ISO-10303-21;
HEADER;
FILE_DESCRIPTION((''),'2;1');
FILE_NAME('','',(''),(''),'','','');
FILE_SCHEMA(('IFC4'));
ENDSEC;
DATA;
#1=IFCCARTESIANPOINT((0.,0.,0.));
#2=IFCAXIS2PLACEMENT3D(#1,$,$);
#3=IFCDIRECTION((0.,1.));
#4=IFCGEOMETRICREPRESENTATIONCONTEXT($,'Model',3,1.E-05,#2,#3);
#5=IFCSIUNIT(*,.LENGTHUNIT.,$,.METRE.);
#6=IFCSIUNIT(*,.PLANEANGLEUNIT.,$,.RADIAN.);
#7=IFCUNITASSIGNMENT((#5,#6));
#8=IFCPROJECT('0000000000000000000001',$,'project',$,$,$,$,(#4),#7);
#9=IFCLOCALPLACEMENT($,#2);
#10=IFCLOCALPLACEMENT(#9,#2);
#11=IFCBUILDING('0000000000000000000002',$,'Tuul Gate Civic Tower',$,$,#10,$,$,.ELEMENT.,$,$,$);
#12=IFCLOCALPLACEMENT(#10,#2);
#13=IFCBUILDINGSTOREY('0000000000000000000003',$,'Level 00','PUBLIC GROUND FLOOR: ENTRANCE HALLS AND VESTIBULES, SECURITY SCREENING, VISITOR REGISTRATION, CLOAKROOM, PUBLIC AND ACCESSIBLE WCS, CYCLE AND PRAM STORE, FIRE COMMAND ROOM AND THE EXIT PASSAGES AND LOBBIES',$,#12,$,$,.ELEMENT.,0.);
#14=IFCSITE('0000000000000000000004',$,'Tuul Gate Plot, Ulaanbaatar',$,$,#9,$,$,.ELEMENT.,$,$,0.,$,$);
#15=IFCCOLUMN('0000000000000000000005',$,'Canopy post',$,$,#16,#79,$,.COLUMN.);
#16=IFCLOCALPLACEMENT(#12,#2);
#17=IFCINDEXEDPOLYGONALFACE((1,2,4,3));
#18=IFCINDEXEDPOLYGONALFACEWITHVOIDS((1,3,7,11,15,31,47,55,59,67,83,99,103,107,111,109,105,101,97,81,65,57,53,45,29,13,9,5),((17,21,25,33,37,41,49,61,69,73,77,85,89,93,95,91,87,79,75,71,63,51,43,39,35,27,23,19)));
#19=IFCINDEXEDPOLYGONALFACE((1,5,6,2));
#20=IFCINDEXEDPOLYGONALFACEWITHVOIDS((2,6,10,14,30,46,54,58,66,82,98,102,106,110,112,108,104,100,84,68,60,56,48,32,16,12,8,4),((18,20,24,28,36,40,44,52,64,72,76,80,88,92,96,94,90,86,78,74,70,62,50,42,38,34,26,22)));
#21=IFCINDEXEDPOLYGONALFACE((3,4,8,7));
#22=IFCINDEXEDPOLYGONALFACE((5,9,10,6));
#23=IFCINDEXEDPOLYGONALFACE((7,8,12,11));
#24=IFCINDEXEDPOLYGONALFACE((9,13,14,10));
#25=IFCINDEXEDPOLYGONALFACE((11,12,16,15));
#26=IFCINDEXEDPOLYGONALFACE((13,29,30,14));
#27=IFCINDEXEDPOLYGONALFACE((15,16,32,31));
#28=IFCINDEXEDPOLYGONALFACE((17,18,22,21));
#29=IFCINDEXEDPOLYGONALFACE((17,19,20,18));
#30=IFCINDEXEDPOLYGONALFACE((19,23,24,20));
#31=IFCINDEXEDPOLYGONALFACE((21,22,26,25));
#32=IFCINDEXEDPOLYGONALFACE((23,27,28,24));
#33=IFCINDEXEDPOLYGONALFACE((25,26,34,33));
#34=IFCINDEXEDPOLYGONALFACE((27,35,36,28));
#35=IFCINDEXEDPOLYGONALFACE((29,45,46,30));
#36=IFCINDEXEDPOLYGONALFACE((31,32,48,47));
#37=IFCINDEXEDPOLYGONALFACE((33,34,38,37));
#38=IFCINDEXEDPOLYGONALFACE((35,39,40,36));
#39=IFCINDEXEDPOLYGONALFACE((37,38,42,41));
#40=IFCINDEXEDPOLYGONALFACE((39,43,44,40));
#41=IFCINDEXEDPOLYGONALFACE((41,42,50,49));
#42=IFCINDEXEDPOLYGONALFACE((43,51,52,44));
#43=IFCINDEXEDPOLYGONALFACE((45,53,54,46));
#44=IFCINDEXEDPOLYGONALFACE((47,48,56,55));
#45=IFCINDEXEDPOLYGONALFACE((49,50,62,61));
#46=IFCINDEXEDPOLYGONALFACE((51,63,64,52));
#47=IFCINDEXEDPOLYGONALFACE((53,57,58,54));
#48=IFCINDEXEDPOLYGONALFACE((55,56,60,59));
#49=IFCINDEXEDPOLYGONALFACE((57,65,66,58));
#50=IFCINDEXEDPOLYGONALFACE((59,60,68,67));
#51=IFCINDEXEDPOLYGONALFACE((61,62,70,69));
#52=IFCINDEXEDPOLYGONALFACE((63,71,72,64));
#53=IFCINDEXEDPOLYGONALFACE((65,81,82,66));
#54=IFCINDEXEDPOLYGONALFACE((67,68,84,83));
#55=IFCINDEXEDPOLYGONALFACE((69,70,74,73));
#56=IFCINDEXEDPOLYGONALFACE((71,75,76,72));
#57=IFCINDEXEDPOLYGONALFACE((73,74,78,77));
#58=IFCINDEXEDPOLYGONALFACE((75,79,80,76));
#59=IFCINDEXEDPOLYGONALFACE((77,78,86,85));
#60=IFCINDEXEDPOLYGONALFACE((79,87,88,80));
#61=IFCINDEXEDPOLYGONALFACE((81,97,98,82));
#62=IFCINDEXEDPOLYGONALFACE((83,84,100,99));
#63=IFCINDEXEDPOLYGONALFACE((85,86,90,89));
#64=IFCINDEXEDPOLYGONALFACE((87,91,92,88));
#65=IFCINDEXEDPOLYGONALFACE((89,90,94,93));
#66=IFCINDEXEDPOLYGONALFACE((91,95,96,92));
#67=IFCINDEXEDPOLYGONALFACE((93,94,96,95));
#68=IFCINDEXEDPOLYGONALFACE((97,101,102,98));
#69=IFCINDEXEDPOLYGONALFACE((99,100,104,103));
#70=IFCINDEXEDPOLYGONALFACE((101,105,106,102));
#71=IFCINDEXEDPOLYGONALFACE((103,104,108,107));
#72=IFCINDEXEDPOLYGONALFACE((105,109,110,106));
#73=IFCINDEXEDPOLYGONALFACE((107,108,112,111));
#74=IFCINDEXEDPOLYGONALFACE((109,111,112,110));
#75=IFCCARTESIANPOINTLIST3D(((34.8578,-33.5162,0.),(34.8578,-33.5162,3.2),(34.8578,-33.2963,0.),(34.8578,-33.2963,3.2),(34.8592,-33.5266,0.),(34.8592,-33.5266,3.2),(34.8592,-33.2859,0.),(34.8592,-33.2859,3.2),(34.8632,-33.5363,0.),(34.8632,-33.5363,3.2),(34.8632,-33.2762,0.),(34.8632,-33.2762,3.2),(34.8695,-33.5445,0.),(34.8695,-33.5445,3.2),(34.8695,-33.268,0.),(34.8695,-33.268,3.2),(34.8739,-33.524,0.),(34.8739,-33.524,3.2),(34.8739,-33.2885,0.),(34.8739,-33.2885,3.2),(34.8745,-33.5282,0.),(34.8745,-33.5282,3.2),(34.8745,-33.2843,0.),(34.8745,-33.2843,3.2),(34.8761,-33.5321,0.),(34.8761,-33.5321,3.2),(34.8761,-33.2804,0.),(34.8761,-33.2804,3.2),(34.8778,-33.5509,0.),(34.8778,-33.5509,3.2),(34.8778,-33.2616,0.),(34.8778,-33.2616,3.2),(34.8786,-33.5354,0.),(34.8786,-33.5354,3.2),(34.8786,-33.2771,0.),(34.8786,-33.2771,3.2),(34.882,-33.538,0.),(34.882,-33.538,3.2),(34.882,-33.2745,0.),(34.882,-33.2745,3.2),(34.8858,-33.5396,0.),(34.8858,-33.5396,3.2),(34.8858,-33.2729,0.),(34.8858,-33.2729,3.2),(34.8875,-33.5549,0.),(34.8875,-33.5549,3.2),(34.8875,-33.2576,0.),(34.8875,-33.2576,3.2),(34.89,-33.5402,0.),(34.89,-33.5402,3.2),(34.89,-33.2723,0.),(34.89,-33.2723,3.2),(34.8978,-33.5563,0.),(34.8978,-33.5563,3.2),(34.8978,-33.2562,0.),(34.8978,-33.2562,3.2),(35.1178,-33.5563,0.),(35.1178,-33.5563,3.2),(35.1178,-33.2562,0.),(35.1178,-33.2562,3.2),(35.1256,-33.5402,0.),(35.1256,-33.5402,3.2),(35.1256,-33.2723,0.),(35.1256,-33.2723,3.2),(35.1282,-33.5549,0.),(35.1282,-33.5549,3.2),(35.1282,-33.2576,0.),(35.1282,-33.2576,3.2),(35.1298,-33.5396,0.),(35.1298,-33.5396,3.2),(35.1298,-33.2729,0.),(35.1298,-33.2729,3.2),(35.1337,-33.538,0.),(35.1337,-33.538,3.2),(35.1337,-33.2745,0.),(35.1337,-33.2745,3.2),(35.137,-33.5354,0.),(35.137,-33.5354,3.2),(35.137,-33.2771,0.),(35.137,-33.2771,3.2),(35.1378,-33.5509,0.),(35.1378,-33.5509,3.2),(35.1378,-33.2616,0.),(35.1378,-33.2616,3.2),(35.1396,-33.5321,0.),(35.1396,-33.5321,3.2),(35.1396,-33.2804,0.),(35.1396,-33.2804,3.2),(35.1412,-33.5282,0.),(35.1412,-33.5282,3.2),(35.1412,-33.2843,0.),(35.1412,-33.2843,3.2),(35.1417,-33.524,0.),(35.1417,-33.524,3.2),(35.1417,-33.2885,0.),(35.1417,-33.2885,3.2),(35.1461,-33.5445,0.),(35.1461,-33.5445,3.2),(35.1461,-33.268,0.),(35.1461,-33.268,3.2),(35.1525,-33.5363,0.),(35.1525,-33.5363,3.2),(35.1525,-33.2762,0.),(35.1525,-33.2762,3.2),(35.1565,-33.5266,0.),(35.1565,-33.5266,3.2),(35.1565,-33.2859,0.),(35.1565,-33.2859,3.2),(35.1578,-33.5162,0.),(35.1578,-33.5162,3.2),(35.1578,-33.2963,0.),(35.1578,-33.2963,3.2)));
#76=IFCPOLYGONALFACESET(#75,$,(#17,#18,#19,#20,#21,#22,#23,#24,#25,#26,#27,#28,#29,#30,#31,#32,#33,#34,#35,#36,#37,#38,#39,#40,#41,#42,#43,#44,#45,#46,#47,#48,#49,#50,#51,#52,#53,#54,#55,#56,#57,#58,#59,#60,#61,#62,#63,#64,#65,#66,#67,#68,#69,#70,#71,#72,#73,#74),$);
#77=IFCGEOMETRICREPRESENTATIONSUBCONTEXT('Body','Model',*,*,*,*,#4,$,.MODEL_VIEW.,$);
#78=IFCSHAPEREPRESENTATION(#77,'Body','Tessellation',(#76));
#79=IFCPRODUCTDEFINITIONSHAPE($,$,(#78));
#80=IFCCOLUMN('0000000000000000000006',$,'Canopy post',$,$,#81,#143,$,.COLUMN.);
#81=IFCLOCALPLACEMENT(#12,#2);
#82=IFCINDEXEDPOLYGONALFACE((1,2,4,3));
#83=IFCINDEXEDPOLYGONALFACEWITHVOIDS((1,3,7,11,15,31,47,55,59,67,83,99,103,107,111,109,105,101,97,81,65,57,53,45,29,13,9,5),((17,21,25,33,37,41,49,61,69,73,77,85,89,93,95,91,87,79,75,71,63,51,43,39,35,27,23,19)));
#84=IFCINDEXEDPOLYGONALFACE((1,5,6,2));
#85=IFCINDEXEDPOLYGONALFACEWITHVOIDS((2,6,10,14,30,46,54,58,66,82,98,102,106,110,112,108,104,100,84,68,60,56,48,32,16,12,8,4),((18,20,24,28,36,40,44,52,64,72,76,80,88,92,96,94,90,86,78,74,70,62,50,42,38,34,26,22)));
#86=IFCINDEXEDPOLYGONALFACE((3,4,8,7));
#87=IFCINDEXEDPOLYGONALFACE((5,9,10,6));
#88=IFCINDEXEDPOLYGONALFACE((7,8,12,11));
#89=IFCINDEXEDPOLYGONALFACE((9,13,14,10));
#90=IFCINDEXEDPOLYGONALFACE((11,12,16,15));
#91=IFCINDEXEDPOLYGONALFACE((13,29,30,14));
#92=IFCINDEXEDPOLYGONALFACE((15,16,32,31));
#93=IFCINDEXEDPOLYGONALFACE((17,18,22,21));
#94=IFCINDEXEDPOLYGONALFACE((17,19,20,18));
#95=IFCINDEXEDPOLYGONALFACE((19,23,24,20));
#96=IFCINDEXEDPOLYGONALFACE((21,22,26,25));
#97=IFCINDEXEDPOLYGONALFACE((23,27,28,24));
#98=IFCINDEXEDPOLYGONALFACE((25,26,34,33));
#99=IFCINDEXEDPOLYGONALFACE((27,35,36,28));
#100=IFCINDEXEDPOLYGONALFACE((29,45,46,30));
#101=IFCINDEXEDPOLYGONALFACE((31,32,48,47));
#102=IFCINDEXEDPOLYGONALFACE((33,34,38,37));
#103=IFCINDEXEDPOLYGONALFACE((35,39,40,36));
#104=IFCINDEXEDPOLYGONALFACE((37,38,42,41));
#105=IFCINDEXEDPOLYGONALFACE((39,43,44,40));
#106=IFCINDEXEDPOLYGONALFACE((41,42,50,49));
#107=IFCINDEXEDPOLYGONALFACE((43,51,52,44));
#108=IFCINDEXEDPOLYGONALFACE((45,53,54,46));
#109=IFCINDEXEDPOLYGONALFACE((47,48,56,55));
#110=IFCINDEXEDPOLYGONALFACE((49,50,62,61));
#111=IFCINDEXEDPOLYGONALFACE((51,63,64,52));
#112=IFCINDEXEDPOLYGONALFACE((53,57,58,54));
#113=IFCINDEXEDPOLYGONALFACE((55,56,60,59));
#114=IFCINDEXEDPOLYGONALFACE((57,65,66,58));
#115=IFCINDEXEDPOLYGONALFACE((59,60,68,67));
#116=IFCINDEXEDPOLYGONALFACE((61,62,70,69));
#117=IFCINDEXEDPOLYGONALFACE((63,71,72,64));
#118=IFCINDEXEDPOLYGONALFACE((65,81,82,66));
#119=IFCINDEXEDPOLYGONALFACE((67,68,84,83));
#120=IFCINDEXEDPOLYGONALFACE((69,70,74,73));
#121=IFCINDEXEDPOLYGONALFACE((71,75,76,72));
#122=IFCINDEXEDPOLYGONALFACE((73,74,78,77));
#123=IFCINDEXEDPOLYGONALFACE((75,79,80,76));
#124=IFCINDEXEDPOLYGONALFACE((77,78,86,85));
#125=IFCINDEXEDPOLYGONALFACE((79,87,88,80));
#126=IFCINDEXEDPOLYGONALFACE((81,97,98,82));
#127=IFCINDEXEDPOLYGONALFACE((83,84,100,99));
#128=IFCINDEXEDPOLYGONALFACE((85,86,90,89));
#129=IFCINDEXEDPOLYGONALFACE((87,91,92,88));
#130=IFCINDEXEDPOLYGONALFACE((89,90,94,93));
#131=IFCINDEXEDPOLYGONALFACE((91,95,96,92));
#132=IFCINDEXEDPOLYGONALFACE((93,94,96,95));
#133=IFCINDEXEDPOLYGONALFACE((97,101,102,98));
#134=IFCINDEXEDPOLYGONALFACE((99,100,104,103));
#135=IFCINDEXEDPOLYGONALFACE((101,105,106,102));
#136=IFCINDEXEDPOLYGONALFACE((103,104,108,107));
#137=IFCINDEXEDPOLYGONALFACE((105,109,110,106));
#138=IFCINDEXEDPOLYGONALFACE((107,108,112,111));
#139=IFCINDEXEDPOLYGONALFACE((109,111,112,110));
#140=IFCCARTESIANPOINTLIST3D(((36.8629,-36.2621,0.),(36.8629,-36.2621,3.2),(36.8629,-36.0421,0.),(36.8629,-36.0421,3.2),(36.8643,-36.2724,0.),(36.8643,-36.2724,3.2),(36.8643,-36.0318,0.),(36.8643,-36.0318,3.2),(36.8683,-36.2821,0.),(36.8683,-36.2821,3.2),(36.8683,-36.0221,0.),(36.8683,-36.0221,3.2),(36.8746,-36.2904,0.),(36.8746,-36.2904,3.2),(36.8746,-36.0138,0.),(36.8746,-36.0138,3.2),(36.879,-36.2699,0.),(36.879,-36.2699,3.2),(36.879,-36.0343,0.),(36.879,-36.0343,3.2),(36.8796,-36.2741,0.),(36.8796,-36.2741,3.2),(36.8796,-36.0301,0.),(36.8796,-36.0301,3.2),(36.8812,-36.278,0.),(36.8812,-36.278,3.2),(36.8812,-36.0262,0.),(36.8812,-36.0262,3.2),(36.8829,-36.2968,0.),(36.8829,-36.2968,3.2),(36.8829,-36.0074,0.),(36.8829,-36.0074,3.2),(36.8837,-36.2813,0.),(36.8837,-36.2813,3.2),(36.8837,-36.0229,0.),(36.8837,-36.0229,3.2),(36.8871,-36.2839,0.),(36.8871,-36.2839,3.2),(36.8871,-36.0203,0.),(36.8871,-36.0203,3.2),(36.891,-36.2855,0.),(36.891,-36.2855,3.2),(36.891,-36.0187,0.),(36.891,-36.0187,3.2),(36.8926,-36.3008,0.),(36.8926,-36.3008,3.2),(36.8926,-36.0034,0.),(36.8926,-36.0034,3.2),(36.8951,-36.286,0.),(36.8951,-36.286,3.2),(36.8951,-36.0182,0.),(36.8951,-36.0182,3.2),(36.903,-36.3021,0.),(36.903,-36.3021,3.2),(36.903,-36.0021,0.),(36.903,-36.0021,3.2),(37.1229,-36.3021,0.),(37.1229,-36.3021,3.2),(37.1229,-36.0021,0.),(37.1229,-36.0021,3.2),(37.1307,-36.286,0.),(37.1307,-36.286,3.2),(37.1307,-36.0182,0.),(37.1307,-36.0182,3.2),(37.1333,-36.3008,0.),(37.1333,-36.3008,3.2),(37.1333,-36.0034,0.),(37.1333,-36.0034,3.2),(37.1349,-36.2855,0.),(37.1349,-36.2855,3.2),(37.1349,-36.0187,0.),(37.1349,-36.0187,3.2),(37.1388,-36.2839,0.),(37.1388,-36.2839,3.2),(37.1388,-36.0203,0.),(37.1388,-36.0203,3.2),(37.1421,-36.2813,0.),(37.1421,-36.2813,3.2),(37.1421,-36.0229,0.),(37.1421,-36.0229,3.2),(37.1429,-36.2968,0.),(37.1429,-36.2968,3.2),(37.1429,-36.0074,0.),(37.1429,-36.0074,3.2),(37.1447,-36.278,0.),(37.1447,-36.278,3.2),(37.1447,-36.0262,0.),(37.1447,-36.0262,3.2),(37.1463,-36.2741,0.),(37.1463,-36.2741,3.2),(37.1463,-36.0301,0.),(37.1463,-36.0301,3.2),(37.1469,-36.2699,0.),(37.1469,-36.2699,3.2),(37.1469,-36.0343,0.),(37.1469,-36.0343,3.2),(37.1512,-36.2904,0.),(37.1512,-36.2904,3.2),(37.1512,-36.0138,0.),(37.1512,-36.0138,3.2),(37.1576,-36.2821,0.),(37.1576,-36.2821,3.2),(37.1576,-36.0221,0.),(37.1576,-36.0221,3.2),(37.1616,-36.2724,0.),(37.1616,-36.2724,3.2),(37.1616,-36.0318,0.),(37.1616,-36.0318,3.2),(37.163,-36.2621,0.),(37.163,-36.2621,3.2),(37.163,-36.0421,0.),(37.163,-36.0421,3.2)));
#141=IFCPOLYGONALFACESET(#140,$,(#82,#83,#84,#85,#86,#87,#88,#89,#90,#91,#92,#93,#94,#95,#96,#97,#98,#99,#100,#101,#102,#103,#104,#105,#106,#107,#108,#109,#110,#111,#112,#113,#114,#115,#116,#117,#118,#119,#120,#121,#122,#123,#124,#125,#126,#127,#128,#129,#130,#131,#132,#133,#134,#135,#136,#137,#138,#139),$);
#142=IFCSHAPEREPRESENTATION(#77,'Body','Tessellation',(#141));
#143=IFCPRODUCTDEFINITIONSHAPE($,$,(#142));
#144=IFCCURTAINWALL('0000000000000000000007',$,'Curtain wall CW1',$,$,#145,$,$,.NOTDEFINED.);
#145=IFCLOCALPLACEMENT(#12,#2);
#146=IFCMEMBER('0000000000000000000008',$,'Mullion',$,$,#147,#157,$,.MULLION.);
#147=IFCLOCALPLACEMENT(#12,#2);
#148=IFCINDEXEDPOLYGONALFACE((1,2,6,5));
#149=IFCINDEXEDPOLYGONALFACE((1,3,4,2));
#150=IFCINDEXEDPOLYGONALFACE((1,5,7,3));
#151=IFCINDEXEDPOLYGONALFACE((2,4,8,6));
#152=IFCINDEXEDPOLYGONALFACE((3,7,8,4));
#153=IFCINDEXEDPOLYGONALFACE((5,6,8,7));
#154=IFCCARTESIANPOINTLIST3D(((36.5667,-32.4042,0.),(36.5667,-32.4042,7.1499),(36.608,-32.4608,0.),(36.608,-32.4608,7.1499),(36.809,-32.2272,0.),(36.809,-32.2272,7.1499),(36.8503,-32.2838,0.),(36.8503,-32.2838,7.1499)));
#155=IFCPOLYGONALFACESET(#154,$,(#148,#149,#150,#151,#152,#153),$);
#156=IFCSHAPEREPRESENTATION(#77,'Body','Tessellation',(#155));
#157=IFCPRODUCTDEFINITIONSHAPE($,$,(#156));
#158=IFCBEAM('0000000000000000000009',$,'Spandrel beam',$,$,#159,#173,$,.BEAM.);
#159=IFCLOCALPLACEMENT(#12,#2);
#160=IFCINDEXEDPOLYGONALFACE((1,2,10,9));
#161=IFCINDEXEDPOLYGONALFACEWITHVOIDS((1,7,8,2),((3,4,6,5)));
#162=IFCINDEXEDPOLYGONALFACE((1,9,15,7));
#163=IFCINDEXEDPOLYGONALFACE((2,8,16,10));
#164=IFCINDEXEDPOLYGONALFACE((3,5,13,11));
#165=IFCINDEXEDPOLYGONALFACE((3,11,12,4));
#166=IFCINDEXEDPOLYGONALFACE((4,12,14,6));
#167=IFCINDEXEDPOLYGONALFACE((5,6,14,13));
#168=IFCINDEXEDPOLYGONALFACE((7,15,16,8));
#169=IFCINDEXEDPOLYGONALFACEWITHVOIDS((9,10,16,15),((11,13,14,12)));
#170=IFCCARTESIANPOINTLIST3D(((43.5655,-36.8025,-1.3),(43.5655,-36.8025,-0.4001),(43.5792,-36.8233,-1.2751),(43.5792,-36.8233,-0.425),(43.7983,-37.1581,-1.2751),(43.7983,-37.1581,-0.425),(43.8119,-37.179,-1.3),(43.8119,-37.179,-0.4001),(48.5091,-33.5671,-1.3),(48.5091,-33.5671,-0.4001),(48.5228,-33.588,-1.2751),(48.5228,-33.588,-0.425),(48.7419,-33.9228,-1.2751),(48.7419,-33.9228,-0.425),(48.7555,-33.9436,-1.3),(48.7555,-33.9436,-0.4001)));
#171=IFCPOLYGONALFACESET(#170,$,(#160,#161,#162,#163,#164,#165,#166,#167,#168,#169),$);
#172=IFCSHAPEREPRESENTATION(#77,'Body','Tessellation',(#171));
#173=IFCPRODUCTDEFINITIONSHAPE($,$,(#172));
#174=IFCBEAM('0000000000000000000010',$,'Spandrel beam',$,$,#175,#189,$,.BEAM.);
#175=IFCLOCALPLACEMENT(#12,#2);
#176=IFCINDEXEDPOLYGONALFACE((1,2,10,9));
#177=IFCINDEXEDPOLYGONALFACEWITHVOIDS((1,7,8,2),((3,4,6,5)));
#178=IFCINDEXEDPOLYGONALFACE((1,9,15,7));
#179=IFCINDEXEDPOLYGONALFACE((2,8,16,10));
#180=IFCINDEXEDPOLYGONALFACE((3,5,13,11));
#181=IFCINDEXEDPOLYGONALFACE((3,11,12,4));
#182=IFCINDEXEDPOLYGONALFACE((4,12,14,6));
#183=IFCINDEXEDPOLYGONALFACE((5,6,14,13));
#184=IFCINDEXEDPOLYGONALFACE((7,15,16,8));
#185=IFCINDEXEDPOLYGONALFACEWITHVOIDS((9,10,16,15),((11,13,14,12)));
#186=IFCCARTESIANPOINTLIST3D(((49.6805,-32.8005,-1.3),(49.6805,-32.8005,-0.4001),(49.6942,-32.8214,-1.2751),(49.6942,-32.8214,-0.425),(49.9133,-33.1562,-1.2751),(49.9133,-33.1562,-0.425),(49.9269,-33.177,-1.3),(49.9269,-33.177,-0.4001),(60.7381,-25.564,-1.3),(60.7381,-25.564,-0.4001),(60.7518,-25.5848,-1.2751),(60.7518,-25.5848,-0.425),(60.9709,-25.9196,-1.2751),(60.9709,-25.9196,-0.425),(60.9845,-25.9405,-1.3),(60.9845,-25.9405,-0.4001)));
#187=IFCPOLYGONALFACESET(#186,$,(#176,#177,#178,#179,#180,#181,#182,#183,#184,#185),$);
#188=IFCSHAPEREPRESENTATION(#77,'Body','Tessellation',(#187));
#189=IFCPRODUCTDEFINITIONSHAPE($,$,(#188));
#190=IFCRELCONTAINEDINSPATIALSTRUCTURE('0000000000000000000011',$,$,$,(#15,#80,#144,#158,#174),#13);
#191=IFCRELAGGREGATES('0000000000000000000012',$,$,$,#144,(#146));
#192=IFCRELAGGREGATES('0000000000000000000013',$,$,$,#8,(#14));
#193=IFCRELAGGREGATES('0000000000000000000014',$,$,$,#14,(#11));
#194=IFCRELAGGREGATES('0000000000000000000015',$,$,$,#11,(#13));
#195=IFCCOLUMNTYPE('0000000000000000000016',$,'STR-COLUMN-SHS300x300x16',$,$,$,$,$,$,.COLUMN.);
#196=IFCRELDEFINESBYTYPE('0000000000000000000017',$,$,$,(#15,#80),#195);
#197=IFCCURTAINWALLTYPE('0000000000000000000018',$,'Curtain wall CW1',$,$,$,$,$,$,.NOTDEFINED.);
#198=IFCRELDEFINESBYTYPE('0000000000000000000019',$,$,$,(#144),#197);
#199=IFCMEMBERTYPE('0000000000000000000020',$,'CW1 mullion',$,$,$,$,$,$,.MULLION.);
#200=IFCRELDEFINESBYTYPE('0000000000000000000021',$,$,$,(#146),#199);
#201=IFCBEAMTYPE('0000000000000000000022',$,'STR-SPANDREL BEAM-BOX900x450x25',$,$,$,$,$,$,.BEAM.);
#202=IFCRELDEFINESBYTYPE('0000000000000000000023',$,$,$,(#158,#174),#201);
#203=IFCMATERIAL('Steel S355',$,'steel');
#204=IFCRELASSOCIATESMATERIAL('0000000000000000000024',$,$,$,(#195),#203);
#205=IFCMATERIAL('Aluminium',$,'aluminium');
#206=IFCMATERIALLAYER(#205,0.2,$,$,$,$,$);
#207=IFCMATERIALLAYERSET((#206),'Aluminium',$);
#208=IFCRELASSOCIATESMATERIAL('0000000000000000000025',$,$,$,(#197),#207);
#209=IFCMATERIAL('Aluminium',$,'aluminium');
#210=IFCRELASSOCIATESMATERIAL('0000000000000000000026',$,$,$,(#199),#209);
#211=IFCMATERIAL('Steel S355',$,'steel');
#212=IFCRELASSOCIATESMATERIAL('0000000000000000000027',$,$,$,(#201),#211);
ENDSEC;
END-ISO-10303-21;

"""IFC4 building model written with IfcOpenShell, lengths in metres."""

from ifc_helpers import new_model, si_unit, direction, frame, origin, origin_2d, place, context, subcontext, project, spatial, rectangle, hollow_rectangle, extrude, material, layer, layer_set, material_profile, profile_set, type_object, element, aggregate, save


model = new_model("IFC4")

# Units and contexts
model_context = context("Model", 3, precision=1e-05, world=origin(), true_north=direction((0.0, 1.0)))
body_context = subcontext(model_context, "Body", "Model", "MODEL_VIEW")
ifc_project = project(units=[si_unit("LENGTHUNIT", "METRE"), si_unit("PLANEANGLEUNIT", "RADIAN")], contexts=[model_context])

# Site, building, storey
site_placement = place(None, origin())
site = spatial("IfcSite", under=ifc_project, at=site_placement, Name="Tuul Gate Plot, Ulaanbaatar", CompositionType="ELEMENT", RefElevation=0.0)
building_placement = place(site_placement, origin())
building = spatial("IfcBuilding", under=site, at=building_placement, Name="Tuul Gate Civic Tower", CompositionType="ELEMENT")
storey_placement = place(building_placement, origin())
storey = spatial("IfcBuildingStorey", under=building, at=storey_placement, Name="Level 00", Description="PUBLIC GROUND FLOOR: ENTRANCE HALLS AND VESTIBULES, SECURITY SCREENING, VISITOR REGISTRATION, CLOAKROOM, PUBLIC AND ACCESSIBLE WCS, CYCLE AND PRAM STORE, FIRE COMMAND ROOM AND THE EXIT PASSAGES AND LOBBIES", CompositionType="ELEMENT", Elevation=0.0)

# Columns
ifc_material_1 = material(Name="Steel S355", Category="steel")
ifc_material_profile_1 = material_profile(ifc_material_1, hollow_rectangle(XDim=0.3, YDim=0.3, WallThickness=0.0161, InnerFilletRadius=0.0161, OuterFilletRadius=0.04, at=origin_2d()), Name="SHS300x300x16")
ifc_profile_set_1 = profile_set([ifc_material_profile_1], Name="Steel S355")
column_type_1 = type_object("IfcColumnType", Name="STR-COLUMN-SHS300x300x16", PredefinedType="COLUMN", material=ifc_profile_set_1)
for number, where, z_axis, x_axis, name in (
    (1, (35.0078, -33.4062, 0.0), (0.0, 0.0, 1.0), (1.0, 0.0, 0.0), "Canopy post"),
    (2, (37.0129, -36.1521, 0.0), (0.0, 0.0, 1.0), (1.0, 0.0, 0.0), "Canopy post"),
):
    element("IfcColumn", number, at=place(storey_placement, frame(where, z_axis=z_axis, x_axis=x_axis)), inside=storey, type_object=column_type_1, Name=name, PredefinedType="COLUMN", context=body_context, shape_type="SweptSolid", body=[
        extrude(hollow_rectangle(XDim=0.3, YDim=0.3, WallThickness=0.0161, InnerFilletRadius=0.0161, OuterFilletRadius=0.04, at=origin_2d()), origin(), (0.0, 0.0, 1.0), 3.2),
    ])

# Curtain wall, member
ifc_material_2 = material(Name="Aluminium", Category="aluminium")
ifc_layer_1 = layer(ifc_material_2, 0.2)
ifc_layer_set_1 = layer_set([ifc_layer_1], Name="Aluminium")
curtain_wall_type = type_object("IfcCurtainWallType", Name="Curtain wall CW1", PredefinedType="NOTDEFINED", material=ifc_layer_set_1)
curtain_wall_placement = place(storey_placement, origin())
curtain_wall = element("IfcCurtainWall", 3, at=curtain_wall_placement, inside=storey, type_object=curtain_wall_type, Name="Curtain wall CW1", PredefinedType="NOTDEFINED")
ifc_material_3 = material(Name="Aluminium", Category="aluminium")
ifc_material_profile_2 = material_profile(ifc_material_3, rectangle(XDim=0.3, YDim=0.0701, at=origin_2d()), Name="CW1 mullion")
ifc_profile_set_2 = profile_set([ifc_material_profile_2], Name="Aluminium")
member_type = type_object("IfcMemberType", Name="CW1 mullion", PredefinedType="MULLION", material=ifc_profile_set_2)
member_placement = place(storey_placement, frame((36.7085, -32.344, 0.0), z_axis=(0.0, 0.0, 1.0), x_axis=(0.807581, 0.589756, 0.0)))
member = element("IfcMember", 4, at=member_placement, type_object=member_type, Name="Mullion", PredefinedType="MULLION", context=body_context, shape_type="SweptSolid", body=[
    extrude(rectangle(XDim=0.3, YDim=0.0701, at=origin_2d()), origin(), (0.0, 0.0, 1.0), 7.1499),
])

# Beams
ifc_material_4 = material(Name="Steel S355", Category="steel")
ifc_material_profile_3 = material_profile(ifc_material_4, hollow_rectangle(XDim=0.45, YDim=0.8999, WallThickness=0.0249, at=origin_2d()), Name="BOX900x450x25")
ifc_profile_set_3 = profile_set([ifc_material_profile_3], Name="Steel S355")
beam_type = type_object("IfcBeamType", Name="STR-SPANDREL BEAM-BOX900x450x25", PredefinedType="BEAM", material=ifc_profile_set_3)
beam_1_placement = place(storey_placement, frame((43.6887, -36.9907, -0.8501), z_axis=(0.836737, 0.547604, 0.0), x_axis=(-0.547604, 0.836737, 0.0)))
element("IfcBeam", 5, at=beam_1_placement, inside=storey, type_object=beam_type, Name="Spandrel beam", PredefinedType="BEAM", context=body_context, shape_type="SweptSolid", body=[
    extrude(hollow_rectangle(XDim=0.45, YDim=0.8999, WallThickness=0.0249, at=origin_2d()), origin(), (0.0, 0.0, 1.0), 5.9082),
])
beam_2_placement = place(storey_placement, frame((49.8037, -32.9888, -0.8501), z_axis=(0.836741, 0.547599, 0.0), x_axis=(-0.547599, 0.836741, 0.0)))
element("IfcBeam", 6, at=beam_2_placement, inside=storey, type_object=beam_type, Name="Spandrel beam", PredefinedType="BEAM", context=body_context, shape_type="SweptSolid", body=[
    extrude(hollow_rectangle(XDim=0.45, YDim=0.8999, WallThickness=0.0249, at=origin_2d()), origin(), (0.0, 0.0, 1.0), 13.2151),
])

aggregate(curtain_wall, [member])

save(model, "model.ifc")
